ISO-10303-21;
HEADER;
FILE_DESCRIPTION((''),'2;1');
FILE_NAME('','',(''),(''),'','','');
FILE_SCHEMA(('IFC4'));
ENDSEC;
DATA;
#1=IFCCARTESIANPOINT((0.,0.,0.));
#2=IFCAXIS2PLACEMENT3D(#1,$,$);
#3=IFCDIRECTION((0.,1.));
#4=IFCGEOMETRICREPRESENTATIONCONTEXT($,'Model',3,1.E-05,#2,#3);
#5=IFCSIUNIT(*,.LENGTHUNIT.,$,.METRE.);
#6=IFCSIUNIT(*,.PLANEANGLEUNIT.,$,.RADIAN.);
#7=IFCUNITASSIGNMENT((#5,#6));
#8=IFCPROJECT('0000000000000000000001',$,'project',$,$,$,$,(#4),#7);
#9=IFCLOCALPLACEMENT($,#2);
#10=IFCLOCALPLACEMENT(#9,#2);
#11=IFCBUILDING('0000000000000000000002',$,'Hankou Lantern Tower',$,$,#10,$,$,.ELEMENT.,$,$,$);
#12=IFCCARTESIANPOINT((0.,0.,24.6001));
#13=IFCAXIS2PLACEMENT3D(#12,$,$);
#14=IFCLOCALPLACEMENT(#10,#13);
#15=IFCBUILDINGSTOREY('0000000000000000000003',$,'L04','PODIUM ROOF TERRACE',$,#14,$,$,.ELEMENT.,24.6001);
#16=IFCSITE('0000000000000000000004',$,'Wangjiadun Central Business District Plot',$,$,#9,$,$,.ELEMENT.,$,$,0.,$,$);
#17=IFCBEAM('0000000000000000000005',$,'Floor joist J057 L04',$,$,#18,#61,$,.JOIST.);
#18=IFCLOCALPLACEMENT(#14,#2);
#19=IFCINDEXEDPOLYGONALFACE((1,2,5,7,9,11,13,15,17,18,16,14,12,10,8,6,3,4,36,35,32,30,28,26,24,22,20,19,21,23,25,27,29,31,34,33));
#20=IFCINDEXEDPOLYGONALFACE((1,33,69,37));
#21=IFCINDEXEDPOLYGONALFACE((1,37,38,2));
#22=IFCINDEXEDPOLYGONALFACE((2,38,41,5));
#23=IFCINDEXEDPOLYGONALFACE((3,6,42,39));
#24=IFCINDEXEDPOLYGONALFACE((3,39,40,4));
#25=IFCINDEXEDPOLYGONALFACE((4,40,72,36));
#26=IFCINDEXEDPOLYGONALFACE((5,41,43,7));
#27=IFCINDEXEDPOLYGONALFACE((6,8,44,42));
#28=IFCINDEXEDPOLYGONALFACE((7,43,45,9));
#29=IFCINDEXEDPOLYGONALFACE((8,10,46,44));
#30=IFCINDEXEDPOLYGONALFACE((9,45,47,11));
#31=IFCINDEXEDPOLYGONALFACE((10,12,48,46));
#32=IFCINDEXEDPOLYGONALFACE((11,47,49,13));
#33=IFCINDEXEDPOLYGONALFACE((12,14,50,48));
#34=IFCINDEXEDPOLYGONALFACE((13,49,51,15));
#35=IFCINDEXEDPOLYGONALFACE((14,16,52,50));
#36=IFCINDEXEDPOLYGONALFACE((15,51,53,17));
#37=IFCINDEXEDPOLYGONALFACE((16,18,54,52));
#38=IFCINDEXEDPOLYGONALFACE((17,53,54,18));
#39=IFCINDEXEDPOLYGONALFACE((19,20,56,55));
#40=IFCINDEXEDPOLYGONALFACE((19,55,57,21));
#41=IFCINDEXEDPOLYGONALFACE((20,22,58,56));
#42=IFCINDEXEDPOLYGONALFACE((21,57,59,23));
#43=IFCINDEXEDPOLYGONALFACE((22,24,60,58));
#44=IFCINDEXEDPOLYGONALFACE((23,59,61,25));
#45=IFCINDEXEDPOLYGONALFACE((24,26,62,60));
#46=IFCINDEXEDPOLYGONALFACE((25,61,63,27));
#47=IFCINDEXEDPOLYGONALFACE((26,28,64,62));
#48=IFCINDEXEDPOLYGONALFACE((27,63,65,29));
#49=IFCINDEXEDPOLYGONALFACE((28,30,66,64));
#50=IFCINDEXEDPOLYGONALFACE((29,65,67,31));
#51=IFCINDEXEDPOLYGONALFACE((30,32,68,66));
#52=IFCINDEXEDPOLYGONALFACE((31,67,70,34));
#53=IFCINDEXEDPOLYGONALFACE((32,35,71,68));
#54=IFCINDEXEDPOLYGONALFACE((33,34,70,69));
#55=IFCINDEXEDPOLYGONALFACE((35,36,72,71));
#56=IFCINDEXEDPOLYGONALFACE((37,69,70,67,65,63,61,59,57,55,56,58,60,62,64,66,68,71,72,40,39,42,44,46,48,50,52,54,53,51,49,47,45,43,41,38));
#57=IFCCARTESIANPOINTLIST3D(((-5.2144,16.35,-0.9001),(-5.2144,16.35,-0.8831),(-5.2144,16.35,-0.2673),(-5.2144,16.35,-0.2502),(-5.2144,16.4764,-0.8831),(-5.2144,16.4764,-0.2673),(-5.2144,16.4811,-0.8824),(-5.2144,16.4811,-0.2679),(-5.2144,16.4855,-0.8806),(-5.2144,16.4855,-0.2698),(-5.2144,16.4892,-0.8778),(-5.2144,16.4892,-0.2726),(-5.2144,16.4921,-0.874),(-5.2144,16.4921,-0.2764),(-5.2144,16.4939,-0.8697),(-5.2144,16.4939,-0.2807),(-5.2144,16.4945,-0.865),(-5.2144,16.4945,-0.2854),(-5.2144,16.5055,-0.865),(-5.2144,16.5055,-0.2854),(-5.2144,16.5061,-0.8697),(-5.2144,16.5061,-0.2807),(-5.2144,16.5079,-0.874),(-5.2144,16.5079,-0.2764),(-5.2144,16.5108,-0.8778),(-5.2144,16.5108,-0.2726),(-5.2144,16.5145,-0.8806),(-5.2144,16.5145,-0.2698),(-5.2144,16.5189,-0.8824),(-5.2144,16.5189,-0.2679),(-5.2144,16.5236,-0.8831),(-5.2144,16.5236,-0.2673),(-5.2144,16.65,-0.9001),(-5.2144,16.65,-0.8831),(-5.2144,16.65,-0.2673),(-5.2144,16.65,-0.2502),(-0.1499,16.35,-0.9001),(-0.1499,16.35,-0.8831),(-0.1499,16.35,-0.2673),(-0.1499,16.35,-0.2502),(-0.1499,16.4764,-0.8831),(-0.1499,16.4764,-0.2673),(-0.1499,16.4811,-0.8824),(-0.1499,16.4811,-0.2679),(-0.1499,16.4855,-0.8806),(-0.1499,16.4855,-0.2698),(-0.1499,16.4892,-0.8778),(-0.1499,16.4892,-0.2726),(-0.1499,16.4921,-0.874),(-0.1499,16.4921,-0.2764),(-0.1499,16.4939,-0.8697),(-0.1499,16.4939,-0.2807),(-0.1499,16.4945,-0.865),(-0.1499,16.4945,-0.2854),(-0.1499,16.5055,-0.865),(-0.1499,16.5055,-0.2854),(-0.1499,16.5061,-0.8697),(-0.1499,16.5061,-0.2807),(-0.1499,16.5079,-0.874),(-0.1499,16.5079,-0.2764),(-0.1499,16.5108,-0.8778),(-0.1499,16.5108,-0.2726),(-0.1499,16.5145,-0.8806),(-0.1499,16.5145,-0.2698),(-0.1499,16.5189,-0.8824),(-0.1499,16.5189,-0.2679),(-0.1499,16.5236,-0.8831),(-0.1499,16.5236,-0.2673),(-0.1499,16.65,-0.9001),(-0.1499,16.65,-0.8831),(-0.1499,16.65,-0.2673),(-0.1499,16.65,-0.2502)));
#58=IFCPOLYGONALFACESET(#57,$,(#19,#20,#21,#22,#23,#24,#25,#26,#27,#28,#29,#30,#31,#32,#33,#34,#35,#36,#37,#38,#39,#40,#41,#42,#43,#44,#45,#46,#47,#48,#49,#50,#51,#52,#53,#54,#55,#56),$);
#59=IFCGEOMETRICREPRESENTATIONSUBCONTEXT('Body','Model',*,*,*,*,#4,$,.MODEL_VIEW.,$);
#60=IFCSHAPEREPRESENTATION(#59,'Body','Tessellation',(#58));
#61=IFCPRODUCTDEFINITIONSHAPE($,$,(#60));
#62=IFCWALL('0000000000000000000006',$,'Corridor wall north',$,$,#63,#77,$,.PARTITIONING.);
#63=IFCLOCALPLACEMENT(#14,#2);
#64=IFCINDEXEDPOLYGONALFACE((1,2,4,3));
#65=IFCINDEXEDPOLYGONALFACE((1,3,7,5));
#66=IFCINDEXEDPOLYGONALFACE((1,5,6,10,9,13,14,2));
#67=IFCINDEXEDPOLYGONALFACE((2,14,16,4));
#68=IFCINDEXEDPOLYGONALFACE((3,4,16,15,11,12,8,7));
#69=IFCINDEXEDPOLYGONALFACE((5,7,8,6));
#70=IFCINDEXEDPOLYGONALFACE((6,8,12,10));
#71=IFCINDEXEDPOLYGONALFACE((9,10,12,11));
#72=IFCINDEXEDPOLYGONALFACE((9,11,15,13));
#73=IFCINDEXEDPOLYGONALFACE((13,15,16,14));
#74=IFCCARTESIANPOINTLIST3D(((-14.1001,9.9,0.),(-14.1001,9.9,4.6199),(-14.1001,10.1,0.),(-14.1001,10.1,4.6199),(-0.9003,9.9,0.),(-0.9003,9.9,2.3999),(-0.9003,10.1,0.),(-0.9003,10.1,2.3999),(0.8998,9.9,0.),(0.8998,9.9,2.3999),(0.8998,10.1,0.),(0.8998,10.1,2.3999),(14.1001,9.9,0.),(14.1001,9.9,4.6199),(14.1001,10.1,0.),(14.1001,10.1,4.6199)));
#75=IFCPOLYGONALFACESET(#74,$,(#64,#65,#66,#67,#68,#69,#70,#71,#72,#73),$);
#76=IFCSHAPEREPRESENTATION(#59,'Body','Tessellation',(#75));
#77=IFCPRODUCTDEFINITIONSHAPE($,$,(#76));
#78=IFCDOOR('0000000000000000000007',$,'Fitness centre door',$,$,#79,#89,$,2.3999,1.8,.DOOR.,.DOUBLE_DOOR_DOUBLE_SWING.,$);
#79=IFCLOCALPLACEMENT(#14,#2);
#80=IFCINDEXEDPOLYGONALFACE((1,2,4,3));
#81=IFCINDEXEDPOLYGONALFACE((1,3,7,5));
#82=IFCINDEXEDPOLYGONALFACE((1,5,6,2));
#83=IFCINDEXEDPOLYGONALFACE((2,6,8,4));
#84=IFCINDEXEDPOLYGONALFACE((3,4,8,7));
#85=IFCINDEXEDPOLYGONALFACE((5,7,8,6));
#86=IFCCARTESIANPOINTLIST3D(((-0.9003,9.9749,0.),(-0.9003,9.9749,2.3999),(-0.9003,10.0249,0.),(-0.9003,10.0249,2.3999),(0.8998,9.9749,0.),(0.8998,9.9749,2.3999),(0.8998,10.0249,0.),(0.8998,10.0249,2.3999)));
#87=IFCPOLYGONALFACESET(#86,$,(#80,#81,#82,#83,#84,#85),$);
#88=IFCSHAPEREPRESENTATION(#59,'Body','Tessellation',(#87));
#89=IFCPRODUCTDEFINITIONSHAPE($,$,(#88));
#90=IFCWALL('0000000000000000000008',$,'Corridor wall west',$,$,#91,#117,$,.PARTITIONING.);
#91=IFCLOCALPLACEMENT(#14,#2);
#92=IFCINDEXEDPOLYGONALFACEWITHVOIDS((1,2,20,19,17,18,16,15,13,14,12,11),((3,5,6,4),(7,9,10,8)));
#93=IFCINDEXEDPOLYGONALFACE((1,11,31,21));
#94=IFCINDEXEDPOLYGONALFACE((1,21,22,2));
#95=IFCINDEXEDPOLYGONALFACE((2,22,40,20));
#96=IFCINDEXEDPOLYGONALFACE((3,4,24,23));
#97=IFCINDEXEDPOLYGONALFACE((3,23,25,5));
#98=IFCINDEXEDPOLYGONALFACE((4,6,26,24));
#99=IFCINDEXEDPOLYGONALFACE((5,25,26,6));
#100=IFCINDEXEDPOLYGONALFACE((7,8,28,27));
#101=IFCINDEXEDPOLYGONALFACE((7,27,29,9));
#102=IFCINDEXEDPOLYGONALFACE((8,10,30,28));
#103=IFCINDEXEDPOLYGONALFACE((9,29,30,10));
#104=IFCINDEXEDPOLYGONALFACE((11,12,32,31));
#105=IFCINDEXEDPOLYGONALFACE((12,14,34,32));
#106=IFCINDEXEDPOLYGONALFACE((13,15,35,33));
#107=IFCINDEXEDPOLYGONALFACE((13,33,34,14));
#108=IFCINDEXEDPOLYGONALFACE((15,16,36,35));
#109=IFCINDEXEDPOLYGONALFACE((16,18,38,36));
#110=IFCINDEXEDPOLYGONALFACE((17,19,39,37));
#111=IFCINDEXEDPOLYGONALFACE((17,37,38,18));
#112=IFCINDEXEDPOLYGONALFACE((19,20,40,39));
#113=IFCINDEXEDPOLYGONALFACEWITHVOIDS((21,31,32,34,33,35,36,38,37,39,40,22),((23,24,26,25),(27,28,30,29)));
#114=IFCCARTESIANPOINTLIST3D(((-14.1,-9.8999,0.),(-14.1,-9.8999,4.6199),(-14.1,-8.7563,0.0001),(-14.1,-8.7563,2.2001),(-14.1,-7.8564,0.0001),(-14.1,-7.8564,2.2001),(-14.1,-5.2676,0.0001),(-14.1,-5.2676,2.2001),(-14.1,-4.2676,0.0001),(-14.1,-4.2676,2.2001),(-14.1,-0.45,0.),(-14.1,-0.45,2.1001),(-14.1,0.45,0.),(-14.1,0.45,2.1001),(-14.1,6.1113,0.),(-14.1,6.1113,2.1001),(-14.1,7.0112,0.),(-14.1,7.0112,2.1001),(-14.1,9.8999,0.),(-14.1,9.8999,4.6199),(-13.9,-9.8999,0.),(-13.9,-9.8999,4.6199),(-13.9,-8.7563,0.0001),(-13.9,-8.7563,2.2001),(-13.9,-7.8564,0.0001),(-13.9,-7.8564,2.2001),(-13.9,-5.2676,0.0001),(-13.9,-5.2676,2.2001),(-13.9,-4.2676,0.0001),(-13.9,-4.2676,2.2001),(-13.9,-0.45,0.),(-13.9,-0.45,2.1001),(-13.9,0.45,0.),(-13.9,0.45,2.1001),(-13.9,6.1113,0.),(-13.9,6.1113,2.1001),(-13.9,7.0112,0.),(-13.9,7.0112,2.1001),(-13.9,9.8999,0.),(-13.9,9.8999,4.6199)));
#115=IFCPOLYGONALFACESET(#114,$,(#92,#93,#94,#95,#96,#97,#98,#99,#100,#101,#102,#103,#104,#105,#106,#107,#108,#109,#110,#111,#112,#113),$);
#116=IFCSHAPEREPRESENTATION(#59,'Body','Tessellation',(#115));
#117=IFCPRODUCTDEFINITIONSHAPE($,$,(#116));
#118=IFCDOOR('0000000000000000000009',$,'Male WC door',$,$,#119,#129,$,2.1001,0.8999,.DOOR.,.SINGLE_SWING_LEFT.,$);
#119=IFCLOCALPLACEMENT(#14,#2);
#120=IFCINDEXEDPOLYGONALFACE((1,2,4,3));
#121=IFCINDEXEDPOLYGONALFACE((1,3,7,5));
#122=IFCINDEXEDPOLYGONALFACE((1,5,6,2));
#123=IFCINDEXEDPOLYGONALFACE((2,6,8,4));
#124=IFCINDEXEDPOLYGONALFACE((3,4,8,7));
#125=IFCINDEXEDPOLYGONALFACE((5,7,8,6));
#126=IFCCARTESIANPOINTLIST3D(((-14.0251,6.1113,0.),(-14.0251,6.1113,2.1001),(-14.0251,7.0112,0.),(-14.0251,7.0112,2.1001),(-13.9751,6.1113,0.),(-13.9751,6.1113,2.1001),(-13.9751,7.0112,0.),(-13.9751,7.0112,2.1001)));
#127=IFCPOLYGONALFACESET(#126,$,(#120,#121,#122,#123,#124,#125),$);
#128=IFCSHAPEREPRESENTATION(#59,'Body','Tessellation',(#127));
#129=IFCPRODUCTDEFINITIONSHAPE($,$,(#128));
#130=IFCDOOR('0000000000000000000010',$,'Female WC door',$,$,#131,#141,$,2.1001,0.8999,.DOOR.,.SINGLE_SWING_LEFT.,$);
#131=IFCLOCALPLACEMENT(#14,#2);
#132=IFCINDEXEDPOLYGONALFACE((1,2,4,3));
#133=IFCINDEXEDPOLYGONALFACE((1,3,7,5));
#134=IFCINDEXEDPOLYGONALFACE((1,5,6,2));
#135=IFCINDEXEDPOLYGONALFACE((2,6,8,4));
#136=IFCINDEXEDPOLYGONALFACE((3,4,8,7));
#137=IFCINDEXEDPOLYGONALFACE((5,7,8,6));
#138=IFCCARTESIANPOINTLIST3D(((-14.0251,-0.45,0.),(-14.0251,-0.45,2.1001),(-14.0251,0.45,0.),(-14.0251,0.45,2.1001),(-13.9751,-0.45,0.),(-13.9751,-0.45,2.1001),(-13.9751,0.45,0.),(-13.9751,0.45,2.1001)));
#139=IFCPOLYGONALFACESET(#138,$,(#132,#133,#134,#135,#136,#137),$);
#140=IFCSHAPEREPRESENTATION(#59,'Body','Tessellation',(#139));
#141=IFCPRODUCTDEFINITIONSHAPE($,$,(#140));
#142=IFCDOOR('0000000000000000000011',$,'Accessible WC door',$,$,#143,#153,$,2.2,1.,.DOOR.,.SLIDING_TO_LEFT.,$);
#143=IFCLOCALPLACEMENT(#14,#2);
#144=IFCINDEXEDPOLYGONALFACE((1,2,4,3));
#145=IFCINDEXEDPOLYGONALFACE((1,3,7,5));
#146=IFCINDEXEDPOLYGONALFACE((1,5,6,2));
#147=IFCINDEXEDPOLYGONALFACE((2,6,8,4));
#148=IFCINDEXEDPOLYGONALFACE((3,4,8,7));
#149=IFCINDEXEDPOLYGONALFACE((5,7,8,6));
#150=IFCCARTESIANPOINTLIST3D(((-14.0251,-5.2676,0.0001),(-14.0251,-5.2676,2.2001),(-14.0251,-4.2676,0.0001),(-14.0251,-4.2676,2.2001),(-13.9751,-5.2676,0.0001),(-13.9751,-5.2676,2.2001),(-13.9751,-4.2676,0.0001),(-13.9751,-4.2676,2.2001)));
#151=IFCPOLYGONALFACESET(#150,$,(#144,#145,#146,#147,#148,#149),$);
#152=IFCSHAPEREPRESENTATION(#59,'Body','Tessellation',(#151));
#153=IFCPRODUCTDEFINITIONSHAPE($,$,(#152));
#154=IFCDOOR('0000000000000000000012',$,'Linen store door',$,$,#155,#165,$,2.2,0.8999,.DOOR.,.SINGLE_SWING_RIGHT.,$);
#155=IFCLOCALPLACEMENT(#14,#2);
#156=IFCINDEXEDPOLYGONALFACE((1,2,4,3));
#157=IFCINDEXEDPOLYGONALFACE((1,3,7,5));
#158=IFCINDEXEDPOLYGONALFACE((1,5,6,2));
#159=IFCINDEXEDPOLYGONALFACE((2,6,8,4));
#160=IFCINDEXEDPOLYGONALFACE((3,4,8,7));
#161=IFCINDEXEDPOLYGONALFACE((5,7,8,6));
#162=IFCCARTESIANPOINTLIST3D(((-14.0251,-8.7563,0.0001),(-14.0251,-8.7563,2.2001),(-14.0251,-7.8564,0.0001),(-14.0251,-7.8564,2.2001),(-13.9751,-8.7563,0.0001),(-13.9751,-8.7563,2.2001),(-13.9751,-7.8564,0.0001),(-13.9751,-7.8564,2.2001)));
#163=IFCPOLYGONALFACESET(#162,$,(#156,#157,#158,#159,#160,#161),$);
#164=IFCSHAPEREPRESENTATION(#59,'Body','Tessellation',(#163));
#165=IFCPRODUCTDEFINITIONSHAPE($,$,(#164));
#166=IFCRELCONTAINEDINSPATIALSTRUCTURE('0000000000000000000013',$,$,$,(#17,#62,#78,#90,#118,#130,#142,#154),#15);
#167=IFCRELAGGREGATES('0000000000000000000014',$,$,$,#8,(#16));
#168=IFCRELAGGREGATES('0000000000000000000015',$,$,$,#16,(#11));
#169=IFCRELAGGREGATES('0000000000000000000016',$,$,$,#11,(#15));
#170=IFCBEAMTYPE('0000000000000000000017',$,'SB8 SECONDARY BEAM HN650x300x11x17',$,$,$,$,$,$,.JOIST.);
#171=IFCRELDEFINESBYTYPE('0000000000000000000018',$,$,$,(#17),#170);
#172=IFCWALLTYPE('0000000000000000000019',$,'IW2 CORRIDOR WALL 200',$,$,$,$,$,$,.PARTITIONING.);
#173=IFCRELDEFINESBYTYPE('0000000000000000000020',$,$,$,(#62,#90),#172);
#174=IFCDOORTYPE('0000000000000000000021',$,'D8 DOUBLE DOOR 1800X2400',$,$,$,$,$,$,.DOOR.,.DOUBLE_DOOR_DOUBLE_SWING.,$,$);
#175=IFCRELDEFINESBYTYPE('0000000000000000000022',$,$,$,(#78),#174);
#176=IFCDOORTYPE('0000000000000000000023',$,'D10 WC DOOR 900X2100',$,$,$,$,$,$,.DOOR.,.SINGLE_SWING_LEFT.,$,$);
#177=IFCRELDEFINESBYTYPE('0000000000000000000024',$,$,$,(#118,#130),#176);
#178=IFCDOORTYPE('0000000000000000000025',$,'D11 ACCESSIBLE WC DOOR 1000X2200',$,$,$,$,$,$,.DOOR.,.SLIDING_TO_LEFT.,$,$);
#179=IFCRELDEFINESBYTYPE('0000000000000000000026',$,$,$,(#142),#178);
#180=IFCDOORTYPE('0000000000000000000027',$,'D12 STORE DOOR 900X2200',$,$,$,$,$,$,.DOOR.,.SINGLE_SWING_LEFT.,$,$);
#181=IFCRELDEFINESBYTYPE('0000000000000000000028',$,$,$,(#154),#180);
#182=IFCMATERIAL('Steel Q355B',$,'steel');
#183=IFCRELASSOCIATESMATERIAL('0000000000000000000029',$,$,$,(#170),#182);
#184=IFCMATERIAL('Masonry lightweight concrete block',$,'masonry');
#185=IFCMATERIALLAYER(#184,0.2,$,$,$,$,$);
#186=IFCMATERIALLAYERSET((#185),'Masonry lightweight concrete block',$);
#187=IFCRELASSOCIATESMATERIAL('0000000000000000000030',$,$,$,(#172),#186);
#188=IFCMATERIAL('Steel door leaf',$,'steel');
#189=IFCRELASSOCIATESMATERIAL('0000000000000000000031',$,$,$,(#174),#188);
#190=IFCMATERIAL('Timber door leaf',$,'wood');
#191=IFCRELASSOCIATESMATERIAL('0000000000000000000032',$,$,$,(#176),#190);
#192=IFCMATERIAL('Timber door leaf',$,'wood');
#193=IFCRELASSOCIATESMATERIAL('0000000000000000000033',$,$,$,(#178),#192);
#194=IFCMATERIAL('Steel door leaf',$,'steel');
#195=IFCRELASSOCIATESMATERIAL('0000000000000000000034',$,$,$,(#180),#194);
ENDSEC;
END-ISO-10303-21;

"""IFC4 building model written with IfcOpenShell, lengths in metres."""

from ifc_helpers import new_model, si_unit, direction, frame, frame_2d, origin, origin_2d, place, context, subcontext, project, spatial, rectangle, i_section, extrude, material, layer, layer_set, material_profile, profile_set, type_object, element, fill, save


model = new_model("IFC4")

# Units and contexts
model_context = context("Model", 3, precision=1e-05, world=origin(), true_north=direction((0.0, 1.0)))
body_context = subcontext(model_context, "Body", "Model", "MODEL_VIEW")
ifc_project = project(units=[si_unit("LENGTHUNIT", "METRE"), si_unit("PLANEANGLEUNIT", "RADIAN")], contexts=[model_context])

# Site, building, storey
site_placement = place(None, origin())
site = spatial("IfcSite", under=ifc_project, at=site_placement, Name="Wangjiadun Central Business District Plot", CompositionType="ELEMENT", RefElevation=0.0)
building_placement = place(site_placement, origin())
building = spatial("IfcBuilding", under=site, at=building_placement, Name="Hankou Lantern Tower", CompositionType="ELEMENT")
storey_placement = place(building_placement, frame((0.0, 0.0, 24.6001)))
storey = spatial("IfcBuildingStorey", under=building, at=storey_placement, Name="L04", Description="PODIUM ROOF TERRACE", CompositionType="ELEMENT", Elevation=24.6001)

# Beam
ifc_material_1 = material(Name="Steel Q355B", Category="steel")
ifc_material_profile_1 = material_profile(ifc_material_1, i_section(OverallWidth=0.3, OverallDepth=0.6499, WebThickness=0.011, FlangeThickness=0.0171, FilletRadius=0.0181, at=origin_2d()), Name="HN650x300x11x17")
ifc_profile_set_1 = profile_set([ifc_material_profile_1], Name="Steel Q355B")
beam_type_1 = type_object("IfcBeamType", Name="SB8 SECONDARY BEAM HN650x300x11x17", PredefinedType="JOIST", material=ifc_profile_set_1)
beam_1_placement = place(storey_placement, frame((-5.2144, 16.5, -0.5752), z_axis=(1.0, 0.0, 0.0), x_axis=(0.0, 1.0, 0.0)))
element("IfcBeam", 1, at=beam_1_placement, inside=storey, type_object=beam_type_1, Name="Floor joist J057 L04", PredefinedType="JOIST", context=body_context, shape_type="SweptSolid", body=[
    extrude(i_section(OverallWidth=0.3, OverallDepth=0.6499, WebThickness=0.011, FlangeThickness=0.0171, FilletRadius=0.0181, at=origin_2d()), origin(), (0.0, 0.0, 1.0), 5.0645),
])

# Wall, opening, door
ifc_material_2 = material(Name="Masonry lightweight concrete block", Category="masonry")
ifc_layer_1 = layer(ifc_material_2, 0.2)
ifc_layer_set_1 = layer_set([ifc_layer_1], Name="Masonry lightweight concrete block")
wall_type_1 = type_object("IfcWallType", Name="IW2 CORRIDOR WALL 200", PredefinedType="PARTITIONING", material=ifc_layer_set_1)
wall_1_placement = place(storey_placement, frame((-14.1001, 10.0, 0.0), z_axis=(0.0, 0.0, 1.0), x_axis=(1.0, 0.0, 0.0)))
wall_1 = element("IfcWall", 2, at=wall_1_placement, inside=storey, type_object=wall_type_1, Name="Corridor wall north", PredefinedType="PARTITIONING", context=body_context, shape_type="SweptSolid", body=[
    extrude(rectangle(XDim=28.2002, YDim=0.2, at=frame_2d((14.1001, 0.0))), origin(), (0.0, 0.0, 1.0), 4.6199),
])
opening_1_placement = place(wall_1_placement, frame((13.2, 0.0, 0.0)))
opening_1 = element("IfcOpeningElement", 3, at=opening_1_placement, cuts=wall_1, PredefinedType="OPENING", context=body_context, shape_type="SweptSolid", body=[
    extrude(rectangle(XDim=1.8, YDim=2.3999, at=frame_2d((0.8999, 1.2))), frame((0.0, 0.1099, 0.0), z_axis=(0.0, -1.0, 0.0), x_axis=(1.0, 0.0, 0.0)), (0.0, 0.0, 1.0), 0.22),
])
ifc_material_3 = material(Name="Steel door leaf", Category="steel")
door_type_1 = type_object("IfcDoorType", Name="D8 DOUBLE DOOR 1800X2400", OperationType="DOUBLE_DOOR_DOUBLE_SWING", PredefinedType="DOOR", material=ifc_material_3)
door_1_placement = place(opening_1_placement, origin())
door_1 = element("IfcDoor", 4, at=door_1_placement, inside=storey, type_object=door_type_1, Name="Fitness centre door", OperationType="DOUBLE_DOOR_DOUBLE_SWING", OverallHeight=2.3999, OverallWidth=1.8, PredefinedType="DOOR", context=body_context, shape_type="SweptSolid", body=[
    extrude(rectangle(XDim=1.8, YDim=2.3999, at=frame_2d((0.8999, 1.2))), frame((0.0, 0.0249, 0.0), z_axis=(0.0, -1.0, 0.0), x_axis=(1.0, 0.0, 0.0)), (0.0, 0.0, 1.0), 0.05),
])
fill(opening_1, door_1)

# Wall, openings, doors
wall_2_placement = place(storey_placement, frame((-14.0, 9.8999, 0.0), z_axis=(0.0, 0.0, 1.0), x_axis=(0.0, -1.0, 0.0)))
wall_2 = element("IfcWall", 5, at=wall_2_placement, inside=storey, type_object=wall_type_1, Name="Corridor wall west", PredefinedType="PARTITIONING", context=body_context, shape_type="SweptSolid", body=[
    extrude(rectangle(XDim=19.7998, YDim=0.2, at=frame_2d((9.8999, 0.0))), origin(), (0.0, 0.0, 1.0), 4.6199),
])
opening_2_placement = place(wall_2_placement, frame((2.8887, 0.0, 0.0)))
opening_2 = element("IfcOpeningElement", 6, at=opening_2_placement, cuts=wall_2, PredefinedType="OPENING", context=body_context, shape_type="SweptSolid", body=[
    extrude(rectangle(XDim=0.8999, YDim=2.1001, at=frame_2d((0.45, 1.05))), frame((0.0, 0.1099, 0.0), z_axis=(0.0, -1.0, 0.0), x_axis=(1.0, 0.0, 0.0)), (0.0, 0.0, 1.0), 0.22),
])
opening_3_placement = place(wall_2_placement, frame((9.45, 0.0, 0.0)))
opening_3 = element("IfcOpeningElement", 7, at=opening_3_placement, cuts=wall_2, PredefinedType="OPENING", context=body_context, shape_type="SweptSolid", body=[
    extrude(rectangle(XDim=0.8999, YDim=2.1001, at=frame_2d((0.45, 1.05))), frame((0.0, 0.1099, 0.0), z_axis=(0.0, -1.0, 0.0), x_axis=(1.0, 0.0, 0.0)), (0.0, 0.0, 1.0), 0.22),
])
opening_4_placement = place(wall_2_placement, frame((14.1675, 0.0, 0.0)))
opening_4 = element("IfcOpeningElement", 8, at=opening_4_placement, cuts=wall_2, PredefinedType="OPENING", context=body_context, shape_type="SweptSolid", body=[
    extrude(rectangle(XDim=1.0, YDim=2.2, at=frame_2d((0.5, 1.1001))), frame((0.0, 0.1099, 0.0), z_axis=(0.0, -1.0, 0.0), x_axis=(1.0, 0.0, 0.0)), (0.0, 0.0, 1.0), 0.22),
])
opening_5_placement = place(wall_2_placement, frame((17.7563, 0.0, 0.0)))
opening_5 = element("IfcOpeningElement", 9, at=opening_5_placement, cuts=wall_2, PredefinedType="OPENING", context=body_context, shape_type="SweptSolid", body=[
    extrude(rectangle(XDim=0.8999, YDim=2.2, at=frame_2d((0.45, 1.1001))), frame((0.0, 0.1099, 0.0), z_axis=(0.0, -1.0, 0.0), x_axis=(1.0, 0.0, 0.0)), (0.0, 0.0, 1.0), 0.22),
])
ifc_material_4 = material(Name="Timber door leaf", Category="wood")
door_type_2 = type_object("IfcDoorType", Name="D10 WC DOOR 900X2100", OperationType="SINGLE_SWING_LEFT", PredefinedType="DOOR", material=ifc_material_4)
door_2_placement = place(opening_2_placement, origin())
door_2 = element("IfcDoor", 10, at=door_2_placement, inside=storey, type_object=door_type_2, Name="Male WC door", OperationType="SINGLE_SWING_LEFT", OverallHeight=2.1001, OverallWidth=0.8999, PredefinedType="DOOR", context=body_context, shape_type="SweptSolid", body=[
    extrude(rectangle(XDim=0.8999, YDim=2.1001, at=frame_2d((0.45, 1.05))), frame((0.0, 0.0249, 0.0), z_axis=(0.0, -1.0, 0.0), x_axis=(1.0, 0.0, 0.0)), (0.0, 0.0, 1.0), 0.05),
])
fill(opening_2, door_2)
door_3_placement = place(opening_3_placement, origin())
door_3 = element("IfcDoor", 11, at=door_3_placement, inside=storey, type_object=door_type_2, Name="Female WC door", OperationType="SINGLE_SWING_LEFT", OverallHeight=2.1001, OverallWidth=0.8999, PredefinedType="DOOR", context=body_context, shape_type="SweptSolid", body=[
    extrude(rectangle(XDim=0.8999, YDim=2.1001, at=frame_2d((0.45, 1.05))), frame((0.0, 0.0249, 0.0), z_axis=(0.0, -1.0, 0.0), x_axis=(1.0, 0.0, 0.0)), (0.0, 0.0, 1.0), 0.05),
])
fill(opening_3, door_3)
ifc_material_5 = material(Name="Timber door leaf", Category="wood")
door_type_3 = type_object("IfcDoorType", Name="D11 ACCESSIBLE WC DOOR 1000X2200", OperationType="SLIDING_TO_LEFT", PredefinedType="DOOR", material=ifc_material_5)
door_4_placement = place(opening_4_placement, origin())
door_4 = element("IfcDoor", 12, at=door_4_placement, inside=storey, type_object=door_type_3, Name="Accessible WC door", OperationType="SLIDING_TO_LEFT", OverallHeight=2.2, OverallWidth=1.0, PredefinedType="DOOR", context=body_context, shape_type="SweptSolid", body=[
    extrude(rectangle(XDim=1.0, YDim=2.2, at=frame_2d((0.5, 1.1001))), frame((0.0, 0.0249, 0.0), z_axis=(0.0, -1.0, 0.0), x_axis=(1.0, 0.0, 0.0)), (0.0, 0.0, 1.0), 0.05),
])
fill(opening_4, door_4)
ifc_material_6 = material(Name="Steel door leaf", Category="steel")
door_type_4 = type_object("IfcDoorType", Name="D12 STORE DOOR 900X2200", OperationType="SINGLE_SWING_LEFT", PredefinedType="DOOR", material=ifc_material_6)
door_5_placement = place(opening_5_placement, origin())
door_5 = element("IfcDoor", 13, at=door_5_placement, inside=storey, type_object=door_type_4, Name="Linen store door", OperationType="SINGLE_SWING_RIGHT", OverallHeight=2.2, OverallWidth=0.8999, PredefinedType="DOOR", context=body_context, shape_type="SweptSolid", body=[
    extrude(rectangle(XDim=0.8999, YDim=2.2, at=frame_2d((0.45, 1.1001))), frame((0.0, 0.0249, 0.0), z_axis=(0.0, -1.0, 0.0), x_axis=(1.0, 0.0, 0.0)), (0.0, 0.0, 1.0), 0.05),
])
fill(opening_5, door_5)

save(model, "model.ifc")
